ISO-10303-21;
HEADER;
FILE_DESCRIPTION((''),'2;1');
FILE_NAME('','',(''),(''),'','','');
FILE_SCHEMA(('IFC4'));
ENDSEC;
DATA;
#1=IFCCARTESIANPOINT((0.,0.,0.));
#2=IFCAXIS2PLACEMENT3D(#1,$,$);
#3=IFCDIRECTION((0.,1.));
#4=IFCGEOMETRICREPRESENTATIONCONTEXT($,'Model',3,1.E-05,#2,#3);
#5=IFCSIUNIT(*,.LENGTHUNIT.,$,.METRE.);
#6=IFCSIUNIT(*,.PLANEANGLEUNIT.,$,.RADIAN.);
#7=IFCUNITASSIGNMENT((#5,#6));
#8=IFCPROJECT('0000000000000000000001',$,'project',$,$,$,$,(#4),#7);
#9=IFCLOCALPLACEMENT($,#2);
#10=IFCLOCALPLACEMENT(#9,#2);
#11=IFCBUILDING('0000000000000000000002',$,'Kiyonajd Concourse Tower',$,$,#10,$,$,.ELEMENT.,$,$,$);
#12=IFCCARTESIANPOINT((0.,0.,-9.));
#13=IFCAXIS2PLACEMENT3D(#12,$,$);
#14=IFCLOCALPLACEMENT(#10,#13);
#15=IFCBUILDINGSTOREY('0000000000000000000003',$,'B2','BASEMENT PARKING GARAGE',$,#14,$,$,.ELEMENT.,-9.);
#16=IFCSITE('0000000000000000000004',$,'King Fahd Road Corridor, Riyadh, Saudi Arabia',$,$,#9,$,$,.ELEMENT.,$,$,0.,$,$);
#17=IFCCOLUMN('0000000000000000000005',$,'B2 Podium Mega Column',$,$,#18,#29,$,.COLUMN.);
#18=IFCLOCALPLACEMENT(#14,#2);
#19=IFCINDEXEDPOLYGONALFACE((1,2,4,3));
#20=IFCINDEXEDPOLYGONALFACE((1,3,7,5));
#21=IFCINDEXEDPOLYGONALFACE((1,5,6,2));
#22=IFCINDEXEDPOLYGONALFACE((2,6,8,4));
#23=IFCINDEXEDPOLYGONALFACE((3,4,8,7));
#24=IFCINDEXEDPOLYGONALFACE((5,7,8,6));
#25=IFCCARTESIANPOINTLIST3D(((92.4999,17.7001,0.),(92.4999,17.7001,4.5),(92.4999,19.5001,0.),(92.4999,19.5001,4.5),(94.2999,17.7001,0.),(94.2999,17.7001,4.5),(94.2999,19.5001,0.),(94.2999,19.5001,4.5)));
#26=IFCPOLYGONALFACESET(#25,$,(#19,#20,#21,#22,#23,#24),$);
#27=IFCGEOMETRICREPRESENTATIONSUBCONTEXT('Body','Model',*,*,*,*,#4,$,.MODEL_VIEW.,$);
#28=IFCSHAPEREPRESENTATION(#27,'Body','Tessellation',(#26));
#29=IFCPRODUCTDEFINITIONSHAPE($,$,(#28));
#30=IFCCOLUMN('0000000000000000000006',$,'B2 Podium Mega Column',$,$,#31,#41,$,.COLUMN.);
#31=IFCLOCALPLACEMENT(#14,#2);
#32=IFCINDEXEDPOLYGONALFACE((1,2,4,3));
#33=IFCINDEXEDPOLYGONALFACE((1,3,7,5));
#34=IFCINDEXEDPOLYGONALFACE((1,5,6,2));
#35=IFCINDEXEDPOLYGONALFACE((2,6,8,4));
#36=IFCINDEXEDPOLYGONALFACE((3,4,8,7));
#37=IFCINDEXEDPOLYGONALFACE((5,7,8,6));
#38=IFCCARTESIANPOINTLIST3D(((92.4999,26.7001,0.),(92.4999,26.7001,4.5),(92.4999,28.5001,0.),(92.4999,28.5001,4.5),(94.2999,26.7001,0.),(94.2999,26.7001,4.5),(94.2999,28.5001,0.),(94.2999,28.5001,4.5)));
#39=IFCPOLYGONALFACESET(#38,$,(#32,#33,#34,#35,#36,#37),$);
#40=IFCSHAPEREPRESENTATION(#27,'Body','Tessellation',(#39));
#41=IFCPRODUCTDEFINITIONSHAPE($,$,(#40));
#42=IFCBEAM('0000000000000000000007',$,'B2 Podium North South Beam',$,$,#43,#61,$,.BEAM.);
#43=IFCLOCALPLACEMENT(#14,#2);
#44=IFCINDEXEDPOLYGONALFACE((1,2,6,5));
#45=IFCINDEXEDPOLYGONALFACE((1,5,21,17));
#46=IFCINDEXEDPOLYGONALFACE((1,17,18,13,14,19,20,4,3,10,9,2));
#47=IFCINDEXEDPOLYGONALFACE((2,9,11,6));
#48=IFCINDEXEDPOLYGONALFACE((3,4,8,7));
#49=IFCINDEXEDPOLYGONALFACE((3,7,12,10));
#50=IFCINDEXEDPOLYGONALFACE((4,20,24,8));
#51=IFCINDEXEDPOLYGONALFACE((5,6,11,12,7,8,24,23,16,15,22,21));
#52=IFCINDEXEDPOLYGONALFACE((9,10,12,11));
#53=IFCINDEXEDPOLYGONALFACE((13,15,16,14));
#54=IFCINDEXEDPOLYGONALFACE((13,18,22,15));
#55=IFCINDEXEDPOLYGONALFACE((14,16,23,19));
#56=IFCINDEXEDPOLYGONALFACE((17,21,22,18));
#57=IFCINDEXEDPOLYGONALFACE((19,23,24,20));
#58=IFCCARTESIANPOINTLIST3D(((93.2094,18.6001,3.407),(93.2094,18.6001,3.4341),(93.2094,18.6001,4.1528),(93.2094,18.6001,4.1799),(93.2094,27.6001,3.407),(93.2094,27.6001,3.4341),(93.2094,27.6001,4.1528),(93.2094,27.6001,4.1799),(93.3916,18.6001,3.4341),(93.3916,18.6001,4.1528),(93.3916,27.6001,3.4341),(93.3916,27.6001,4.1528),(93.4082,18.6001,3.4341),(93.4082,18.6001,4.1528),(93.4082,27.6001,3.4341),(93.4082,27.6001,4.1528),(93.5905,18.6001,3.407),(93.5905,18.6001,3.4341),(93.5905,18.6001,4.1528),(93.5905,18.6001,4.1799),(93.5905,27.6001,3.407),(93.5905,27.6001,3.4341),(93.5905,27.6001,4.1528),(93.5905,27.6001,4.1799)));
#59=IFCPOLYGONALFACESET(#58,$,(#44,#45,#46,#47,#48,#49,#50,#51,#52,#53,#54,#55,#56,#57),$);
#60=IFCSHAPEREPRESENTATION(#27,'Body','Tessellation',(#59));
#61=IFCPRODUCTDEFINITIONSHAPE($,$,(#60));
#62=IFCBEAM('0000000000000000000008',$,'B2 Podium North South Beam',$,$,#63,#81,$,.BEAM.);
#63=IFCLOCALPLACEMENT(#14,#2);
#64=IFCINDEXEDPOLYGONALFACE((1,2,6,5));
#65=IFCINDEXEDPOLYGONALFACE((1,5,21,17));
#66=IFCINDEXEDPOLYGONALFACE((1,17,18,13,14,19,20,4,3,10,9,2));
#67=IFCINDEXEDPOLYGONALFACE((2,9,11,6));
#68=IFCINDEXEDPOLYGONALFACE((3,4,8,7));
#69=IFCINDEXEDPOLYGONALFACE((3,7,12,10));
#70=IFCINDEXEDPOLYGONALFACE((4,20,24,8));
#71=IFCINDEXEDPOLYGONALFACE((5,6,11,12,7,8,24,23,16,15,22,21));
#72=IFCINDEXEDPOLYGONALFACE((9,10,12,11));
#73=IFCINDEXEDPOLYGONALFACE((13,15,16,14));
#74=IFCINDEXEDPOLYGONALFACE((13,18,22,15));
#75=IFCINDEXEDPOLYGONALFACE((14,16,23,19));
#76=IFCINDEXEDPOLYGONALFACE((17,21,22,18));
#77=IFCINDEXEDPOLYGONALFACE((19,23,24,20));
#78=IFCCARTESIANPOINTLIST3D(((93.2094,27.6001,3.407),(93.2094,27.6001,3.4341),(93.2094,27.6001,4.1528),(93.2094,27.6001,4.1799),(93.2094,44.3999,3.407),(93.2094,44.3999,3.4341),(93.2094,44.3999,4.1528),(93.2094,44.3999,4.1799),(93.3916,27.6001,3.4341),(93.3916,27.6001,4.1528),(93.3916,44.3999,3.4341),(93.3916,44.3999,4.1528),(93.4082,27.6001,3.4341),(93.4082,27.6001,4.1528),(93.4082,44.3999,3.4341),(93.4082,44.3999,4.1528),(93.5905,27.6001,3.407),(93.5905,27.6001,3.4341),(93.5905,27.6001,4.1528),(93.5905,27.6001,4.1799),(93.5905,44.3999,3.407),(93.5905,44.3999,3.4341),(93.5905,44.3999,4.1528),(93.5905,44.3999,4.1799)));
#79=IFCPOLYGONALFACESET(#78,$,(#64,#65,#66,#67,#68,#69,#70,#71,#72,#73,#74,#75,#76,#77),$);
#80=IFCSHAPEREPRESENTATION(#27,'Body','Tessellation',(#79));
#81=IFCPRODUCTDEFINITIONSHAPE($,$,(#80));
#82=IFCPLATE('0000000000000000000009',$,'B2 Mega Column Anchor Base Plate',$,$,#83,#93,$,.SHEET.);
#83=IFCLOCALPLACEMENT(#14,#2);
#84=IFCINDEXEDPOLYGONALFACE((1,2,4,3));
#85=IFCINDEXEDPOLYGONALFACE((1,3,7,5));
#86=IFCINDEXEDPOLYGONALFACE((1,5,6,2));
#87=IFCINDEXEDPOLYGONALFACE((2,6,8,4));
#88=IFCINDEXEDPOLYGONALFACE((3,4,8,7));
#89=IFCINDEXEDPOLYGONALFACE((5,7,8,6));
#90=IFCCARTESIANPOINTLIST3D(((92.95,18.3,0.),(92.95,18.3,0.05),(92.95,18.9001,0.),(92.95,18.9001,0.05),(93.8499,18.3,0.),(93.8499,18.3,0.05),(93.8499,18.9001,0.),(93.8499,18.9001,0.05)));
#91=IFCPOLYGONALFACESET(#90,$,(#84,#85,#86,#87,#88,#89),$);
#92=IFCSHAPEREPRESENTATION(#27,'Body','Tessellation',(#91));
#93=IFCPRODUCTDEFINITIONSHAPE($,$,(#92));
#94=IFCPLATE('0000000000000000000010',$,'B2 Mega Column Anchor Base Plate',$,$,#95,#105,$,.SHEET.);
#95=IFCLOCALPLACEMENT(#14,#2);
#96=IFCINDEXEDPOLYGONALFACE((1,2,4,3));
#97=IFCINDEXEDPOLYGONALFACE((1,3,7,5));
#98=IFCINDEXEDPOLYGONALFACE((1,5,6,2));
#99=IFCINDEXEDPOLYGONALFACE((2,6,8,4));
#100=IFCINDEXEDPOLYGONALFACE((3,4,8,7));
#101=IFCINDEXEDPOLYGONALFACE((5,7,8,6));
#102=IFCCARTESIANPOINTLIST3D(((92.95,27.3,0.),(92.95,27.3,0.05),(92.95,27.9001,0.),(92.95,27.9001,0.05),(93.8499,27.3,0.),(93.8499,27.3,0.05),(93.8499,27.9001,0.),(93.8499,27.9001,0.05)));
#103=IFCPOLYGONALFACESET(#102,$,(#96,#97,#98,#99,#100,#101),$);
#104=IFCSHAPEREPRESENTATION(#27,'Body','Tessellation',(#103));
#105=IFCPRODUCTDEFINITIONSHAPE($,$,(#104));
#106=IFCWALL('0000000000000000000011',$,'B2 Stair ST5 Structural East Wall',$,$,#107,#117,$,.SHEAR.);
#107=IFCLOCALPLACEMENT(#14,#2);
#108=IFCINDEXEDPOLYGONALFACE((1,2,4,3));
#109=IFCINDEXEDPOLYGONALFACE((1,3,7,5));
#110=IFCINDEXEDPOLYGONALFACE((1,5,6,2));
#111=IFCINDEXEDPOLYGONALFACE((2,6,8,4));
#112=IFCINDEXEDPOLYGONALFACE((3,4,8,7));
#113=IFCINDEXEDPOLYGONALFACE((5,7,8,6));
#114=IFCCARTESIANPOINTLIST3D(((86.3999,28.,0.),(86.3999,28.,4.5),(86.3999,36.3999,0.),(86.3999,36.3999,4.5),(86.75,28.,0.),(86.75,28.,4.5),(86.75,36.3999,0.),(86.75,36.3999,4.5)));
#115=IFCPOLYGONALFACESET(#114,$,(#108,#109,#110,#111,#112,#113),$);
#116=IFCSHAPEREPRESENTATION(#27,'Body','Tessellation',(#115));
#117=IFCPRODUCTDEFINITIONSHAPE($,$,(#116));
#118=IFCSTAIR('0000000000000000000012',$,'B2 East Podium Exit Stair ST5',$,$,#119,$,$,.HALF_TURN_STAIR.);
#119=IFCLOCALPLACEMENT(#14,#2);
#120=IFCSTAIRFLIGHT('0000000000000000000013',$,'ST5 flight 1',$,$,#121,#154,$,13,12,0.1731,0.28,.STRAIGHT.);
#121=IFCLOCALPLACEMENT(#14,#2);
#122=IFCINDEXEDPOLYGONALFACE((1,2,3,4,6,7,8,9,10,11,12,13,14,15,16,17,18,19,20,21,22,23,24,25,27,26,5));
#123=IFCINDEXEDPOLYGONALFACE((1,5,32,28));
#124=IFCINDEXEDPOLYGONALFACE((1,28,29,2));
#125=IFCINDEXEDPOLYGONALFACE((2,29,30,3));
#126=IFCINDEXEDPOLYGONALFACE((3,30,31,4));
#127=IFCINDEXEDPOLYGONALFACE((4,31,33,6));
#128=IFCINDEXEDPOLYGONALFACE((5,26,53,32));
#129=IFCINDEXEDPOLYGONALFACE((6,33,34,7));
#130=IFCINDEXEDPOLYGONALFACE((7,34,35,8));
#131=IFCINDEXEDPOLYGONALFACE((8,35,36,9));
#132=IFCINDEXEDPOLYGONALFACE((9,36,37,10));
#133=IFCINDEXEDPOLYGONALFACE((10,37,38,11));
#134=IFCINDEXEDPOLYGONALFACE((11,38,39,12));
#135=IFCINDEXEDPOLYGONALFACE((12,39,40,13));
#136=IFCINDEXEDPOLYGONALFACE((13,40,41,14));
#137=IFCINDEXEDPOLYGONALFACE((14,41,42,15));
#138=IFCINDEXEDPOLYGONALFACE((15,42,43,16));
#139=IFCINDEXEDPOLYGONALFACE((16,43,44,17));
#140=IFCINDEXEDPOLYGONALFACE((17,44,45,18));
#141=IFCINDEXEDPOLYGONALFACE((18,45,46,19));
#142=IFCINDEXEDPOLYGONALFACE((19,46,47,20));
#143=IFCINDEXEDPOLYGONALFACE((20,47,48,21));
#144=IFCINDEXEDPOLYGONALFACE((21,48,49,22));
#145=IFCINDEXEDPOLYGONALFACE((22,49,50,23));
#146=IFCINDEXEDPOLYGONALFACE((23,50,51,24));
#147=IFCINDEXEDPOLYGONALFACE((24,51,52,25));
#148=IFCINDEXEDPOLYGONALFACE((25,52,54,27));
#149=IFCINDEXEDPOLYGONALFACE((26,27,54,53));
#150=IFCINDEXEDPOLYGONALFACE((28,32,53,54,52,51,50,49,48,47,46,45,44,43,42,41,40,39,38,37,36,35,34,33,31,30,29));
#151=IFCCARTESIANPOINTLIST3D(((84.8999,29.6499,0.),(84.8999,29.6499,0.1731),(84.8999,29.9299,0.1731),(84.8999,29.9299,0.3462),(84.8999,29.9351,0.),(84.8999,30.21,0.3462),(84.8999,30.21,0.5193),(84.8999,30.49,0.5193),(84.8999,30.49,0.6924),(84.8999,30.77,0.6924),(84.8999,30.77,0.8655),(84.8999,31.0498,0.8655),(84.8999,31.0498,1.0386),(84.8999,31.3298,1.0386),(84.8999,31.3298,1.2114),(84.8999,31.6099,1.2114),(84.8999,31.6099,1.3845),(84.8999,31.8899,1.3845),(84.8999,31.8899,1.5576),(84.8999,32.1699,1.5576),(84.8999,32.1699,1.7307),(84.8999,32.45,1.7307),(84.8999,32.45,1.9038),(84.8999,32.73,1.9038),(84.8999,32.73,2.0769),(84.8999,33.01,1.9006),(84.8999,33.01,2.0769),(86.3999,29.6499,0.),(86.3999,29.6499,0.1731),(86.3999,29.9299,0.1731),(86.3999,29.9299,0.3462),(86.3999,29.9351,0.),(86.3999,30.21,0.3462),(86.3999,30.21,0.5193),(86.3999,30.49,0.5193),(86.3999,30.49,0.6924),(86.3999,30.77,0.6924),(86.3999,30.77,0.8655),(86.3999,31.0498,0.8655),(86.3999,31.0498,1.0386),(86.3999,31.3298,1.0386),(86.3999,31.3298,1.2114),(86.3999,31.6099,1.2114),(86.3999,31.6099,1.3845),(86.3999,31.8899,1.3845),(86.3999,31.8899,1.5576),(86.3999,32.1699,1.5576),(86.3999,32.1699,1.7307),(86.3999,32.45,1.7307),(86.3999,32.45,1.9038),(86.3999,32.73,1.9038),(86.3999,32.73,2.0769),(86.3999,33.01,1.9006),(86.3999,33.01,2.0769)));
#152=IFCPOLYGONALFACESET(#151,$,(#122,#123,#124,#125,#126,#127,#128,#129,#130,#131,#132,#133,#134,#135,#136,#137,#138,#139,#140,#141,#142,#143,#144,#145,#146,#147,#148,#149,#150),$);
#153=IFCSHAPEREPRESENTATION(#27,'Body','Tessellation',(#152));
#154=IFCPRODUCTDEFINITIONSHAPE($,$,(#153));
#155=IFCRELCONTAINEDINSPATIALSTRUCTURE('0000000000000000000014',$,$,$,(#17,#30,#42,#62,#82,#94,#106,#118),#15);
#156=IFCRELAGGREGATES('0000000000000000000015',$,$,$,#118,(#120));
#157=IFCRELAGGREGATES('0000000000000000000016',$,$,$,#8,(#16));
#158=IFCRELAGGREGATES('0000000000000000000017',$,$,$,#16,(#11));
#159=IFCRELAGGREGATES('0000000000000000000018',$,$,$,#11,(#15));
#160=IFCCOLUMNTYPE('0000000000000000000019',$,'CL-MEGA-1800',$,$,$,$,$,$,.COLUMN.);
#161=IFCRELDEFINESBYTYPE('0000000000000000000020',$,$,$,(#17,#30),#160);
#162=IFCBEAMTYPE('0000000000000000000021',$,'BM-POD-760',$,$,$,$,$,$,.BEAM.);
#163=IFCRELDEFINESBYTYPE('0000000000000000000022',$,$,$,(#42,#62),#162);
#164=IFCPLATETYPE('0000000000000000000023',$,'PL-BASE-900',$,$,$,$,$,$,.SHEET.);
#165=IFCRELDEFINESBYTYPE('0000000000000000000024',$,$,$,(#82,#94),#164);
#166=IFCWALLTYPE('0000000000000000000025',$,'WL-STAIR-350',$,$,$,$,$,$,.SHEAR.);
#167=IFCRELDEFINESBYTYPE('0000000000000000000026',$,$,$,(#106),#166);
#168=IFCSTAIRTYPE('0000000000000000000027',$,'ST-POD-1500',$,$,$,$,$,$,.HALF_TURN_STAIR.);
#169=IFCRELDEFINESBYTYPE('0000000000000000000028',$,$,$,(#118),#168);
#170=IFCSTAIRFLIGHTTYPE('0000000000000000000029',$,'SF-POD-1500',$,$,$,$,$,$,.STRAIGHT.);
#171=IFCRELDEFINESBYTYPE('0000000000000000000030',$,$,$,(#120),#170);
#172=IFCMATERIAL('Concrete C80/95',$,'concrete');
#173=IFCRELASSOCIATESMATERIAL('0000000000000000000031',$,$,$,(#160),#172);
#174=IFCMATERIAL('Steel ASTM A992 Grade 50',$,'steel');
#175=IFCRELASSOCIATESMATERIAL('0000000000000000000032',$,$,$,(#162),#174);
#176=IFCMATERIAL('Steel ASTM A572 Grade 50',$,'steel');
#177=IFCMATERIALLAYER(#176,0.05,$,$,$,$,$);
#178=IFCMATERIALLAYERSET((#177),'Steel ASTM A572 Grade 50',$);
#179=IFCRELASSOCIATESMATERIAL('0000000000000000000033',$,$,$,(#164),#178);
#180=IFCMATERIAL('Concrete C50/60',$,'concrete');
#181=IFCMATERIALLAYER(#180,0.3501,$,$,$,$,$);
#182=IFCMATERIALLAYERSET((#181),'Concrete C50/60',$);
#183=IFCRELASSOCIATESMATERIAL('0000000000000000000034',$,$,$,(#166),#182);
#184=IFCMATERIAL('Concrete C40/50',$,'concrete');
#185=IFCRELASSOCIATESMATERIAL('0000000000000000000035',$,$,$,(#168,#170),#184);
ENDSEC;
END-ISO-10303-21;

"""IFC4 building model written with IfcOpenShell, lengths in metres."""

from ifc_helpers import new_model, si_unit, direction, frame, frame_2d, origin, origin_2d, place, context, subcontext, project, spatial, polyline, rectangle, i_section, outline, extrude, material, layer, layer_set, material_profile, profile_set, type_object, element, aggregate, save


model = new_model("IFC4")

# Units and contexts
model_context = context("Model", 3, precision=1e-05, world=origin(), true_north=direction((0.0, 1.0)))
body_context = subcontext(model_context, "Body", "Model", "MODEL_VIEW")
ifc_project = project(units=[si_unit("LENGTHUNIT", "METRE"), si_unit("PLANEANGLEUNIT", "RADIAN")], contexts=[model_context])

# Site, building, storey
site_placement = place(None, origin())
site = spatial("IfcSite", under=ifc_project, at=site_placement, Name="King Fahd Road Corridor, Riyadh, Saudi Arabia", CompositionType="ELEMENT", RefElevation=0.0)
building_placement = place(site_placement, origin())
building = spatial("IfcBuilding", under=site, at=building_placement, Name="Kiyonajd Concourse Tower", CompositionType="ELEMENT")
storey_placement = place(building_placement, frame((0.0, 0.0, -9.0)))
storey = spatial("IfcBuildingStorey", under=building, at=storey_placement, Name="B2", Description="BASEMENT PARKING GARAGE", CompositionType="ELEMENT", Elevation=-9.0)

# Shared definitions
ifc_material_1 = material(Name="Concrete C50/60", Category="concrete")

# Columns
ifc_material_2 = material(Name="Concrete C80/95", Category="concrete")
ifc_material_profile_1 = material_profile(ifc_material_2, rectangle(XDim=1.8, YDim=1.8, at=origin_2d()), Name="RC-1800x1800")
ifc_profile_set_1 = profile_set([ifc_material_profile_1], Name="Concrete C80/95")
column_type = type_object("IfcColumnType", Name="CL-MEGA-1800", PredefinedType="COLUMN", material=ifc_profile_set_1)
for number, where, z_axis, x_axis, name in (
    (1, (93.3999, 18.6001, 0.0), (0.0, 0.0, 1.0), (1.0, 0.0, 0.0), "B2 Podium Mega Column"),
    (2, (93.3999, 27.6001, 0.0), (0.0, 0.0, 1.0), (1.0, 0.0, 0.0), "B2 Podium Mega Column"),
):
    element("IfcColumn", number, at=place(storey_placement, frame(where, z_axis=z_axis, x_axis=x_axis)), inside=storey, type_object=column_type, Name=name, PredefinedType="COLUMN", context=body_context, shape_type="SweptSolid", body=[
        extrude(rectangle(XDim=1.8, YDim=1.8, at=origin_2d()), origin(), (0.0, 0.0, 1.0), 4.5),
    ])

# Beams
ifc_material_3 = material(Name="Steel ASTM A992 Grade 50", Category="steel")
ifc_material_profile_2 = material_profile(ifc_material_3, i_section(OverallWidth=0.3811, OverallDepth=0.7729, WebThickness=0.0166, FlangeThickness=0.0271, at=origin_2d()), Name="W760X257")
ifc_profile_set_2 = profile_set([ifc_material_profile_2], Name="Steel ASTM A992 Grade 50")
beam_type = type_object("IfcBeamType", Name="BM-POD-760", PredefinedType="BEAM", material=ifc_profile_set_2)
beam_1_placement = place(storey_placement, frame((93.3999, 18.6001, 3.7935), z_axis=(0.0, 1.0, 0.0), x_axis=(-1.0, 0.0, 0.0)))
element("IfcBeam", 3, at=beam_1_placement, inside=storey, type_object=beam_type, Name="B2 Podium North South Beam", PredefinedType="BEAM", context=body_context, shape_type="SweptSolid", body=[
    extrude(i_section(OverallWidth=0.3811, OverallDepth=0.7729, WebThickness=0.0166, FlangeThickness=0.0271, at=origin_2d()), origin(), (0.0, 0.0, 1.0), 9.0),
])
beam_2_placement = place(storey_placement, frame((93.3999, 27.6001, 3.7935), z_axis=(0.0, 1.0, 0.0), x_axis=(-1.0, 0.0, 0.0)))
element("IfcBeam", 4, at=beam_2_placement, inside=storey, type_object=beam_type, Name="B2 Podium North South Beam", PredefinedType="BEAM", context=body_context, shape_type="SweptSolid", body=[
    extrude(i_section(OverallWidth=0.3811, OverallDepth=0.7729, WebThickness=0.0166, FlangeThickness=0.0271, at=origin_2d()), origin(), (0.0, 0.0, 1.0), 16.7998),
])

# Plates
ifc_material_4 = material(Name="Steel ASTM A572 Grade 50", Category="steel")
ifc_layer_1 = layer(ifc_material_4, 0.05)
ifc_layer_set_1 = layer_set([ifc_layer_1], Name="Steel ASTM A572 Grade 50")
plate_type = type_object("IfcPlateType", Name="PL-BASE-900", PredefinedType="SHEET", material=ifc_layer_set_1)
for number, where, z_axis, x_axis, name in (
    (5, (93.3999, 18.6001, 0.0), (0.0, 0.0, 1.0), (1.0, 0.0, 0.0), "B2 Mega Column Anchor Base Plate"),
    (6, (93.3999, 27.6001, 0.0), (0.0, 0.0, 1.0), (1.0, 0.0, 0.0), "B2 Mega Column Anchor Base Plate"),
):
    element("IfcPlate", number, at=place(storey_placement, frame(where, z_axis=z_axis, x_axis=x_axis)), inside=storey, type_object=plate_type, Name=name, PredefinedType="SHEET", context=body_context, shape_type="SweptSolid", body=[
        extrude(rectangle(XDim=0.8999, YDim=0.6001, at=origin_2d()), origin(), (0.0, 0.0, 1.0), 0.05),
    ])

# Wall
ifc_layer_2 = layer(ifc_material_1, 0.3501)
ifc_layer_set_2 = layer_set([ifc_layer_2], Name="Concrete C50/60")
wall_type = type_object("IfcWallType", Name="WL-STAIR-350", PredefinedType="SHEAR", material=ifc_layer_set_2)
wall_placement = place(storey_placement, frame((86.575, 28.0, 0.0), z_axis=(0.0, 0.0, 1.0), x_axis=(0.0, 1.0, 0.0)))
element("IfcWall", 7, at=wall_placement, inside=storey, type_object=wall_type, Name="B2 Stair ST5 Structural East Wall", PredefinedType="SHEAR", context=body_context, shape_type="SweptSolid", body=[
    extrude(rectangle(XDim=8.3999, YDim=0.3501, at=frame_2d((4.2, 0.0))), origin(), (0.0, 0.0, 1.0), 4.5),
])

# Stair, stair flight
ifc_material_5 = material(Name="Concrete C40/50", Category="concrete")
stair_type = type_object("IfcStairType", Name="ST-POD-1500", PredefinedType="HALF_TURN_STAIR", material=ifc_material_5)
stair_placement = place(storey_placement, origin())
stair = element("IfcStair", 8, at=stair_placement, inside=storey, type_object=stair_type, Name="B2 East Podium Exit Stair ST5", PredefinedType="HALF_TURN_STAIR")
stair_flight_type = type_object("IfcStairFlightType", Name="SF-POD-1500", PredefinedType="STRAIGHT", material=ifc_material_5)
stair_flight_1_placement = place(storey_placement, frame((85.6499, 29.6499, 0.0), z_axis=(0.0, 0.0, 1.0), x_axis=(0.0, 1.0, 0.0)))
stair_flight_1 = element("IfcStairFlight", 9, at=stair_flight_1_placement, type_object=stair_flight_type, Name="ST5 flight 1", NumberOfRisers=13, NumberOfTreads=12, PredefinedType="STRAIGHT", RiserHeight=0.1731, TreadLength=0.28, context=body_context, shape_type="SweptSolid", body=[
    extrude(outline(polyline([(0.0, 0.0), (0.0, 0.1731), (0.28, 0.1731), (0.28, 0.3462), (0.5601, 0.3462), (0.5601, 0.5193), (0.8401, 0.5193), (0.8401, 0.6924), (1.1201, 0.6924), (1.1201, 0.8655), (1.3999, 0.8655), (1.3999, 1.0386), (1.6799, 1.0386), (1.6799, 1.2114), (1.96, 1.2114), (1.96, 1.3845), (2.24, 1.3845), (2.24, 1.5576), (2.52, 1.5576), (2.52, 1.7307), (2.8, 1.7307), (2.8, 1.9038), (3.0801, 1.9038), (3.0801, 2.0769), (3.3601, 2.0769), (3.3601, 2.25), (3.3601, 1.9006), (0.2852, 0.0), (0.0, 0.0)])), frame((0.0, 0.75, 0.0), z_axis=(0.0, -1.0, 0.0), x_axis=(1.0, 0.0, 0.0)), (0.0, 0.0, 1.0), 1.5),
])
aggregate(stair, [stair_flight_1])

save(model, "model.ifc")
